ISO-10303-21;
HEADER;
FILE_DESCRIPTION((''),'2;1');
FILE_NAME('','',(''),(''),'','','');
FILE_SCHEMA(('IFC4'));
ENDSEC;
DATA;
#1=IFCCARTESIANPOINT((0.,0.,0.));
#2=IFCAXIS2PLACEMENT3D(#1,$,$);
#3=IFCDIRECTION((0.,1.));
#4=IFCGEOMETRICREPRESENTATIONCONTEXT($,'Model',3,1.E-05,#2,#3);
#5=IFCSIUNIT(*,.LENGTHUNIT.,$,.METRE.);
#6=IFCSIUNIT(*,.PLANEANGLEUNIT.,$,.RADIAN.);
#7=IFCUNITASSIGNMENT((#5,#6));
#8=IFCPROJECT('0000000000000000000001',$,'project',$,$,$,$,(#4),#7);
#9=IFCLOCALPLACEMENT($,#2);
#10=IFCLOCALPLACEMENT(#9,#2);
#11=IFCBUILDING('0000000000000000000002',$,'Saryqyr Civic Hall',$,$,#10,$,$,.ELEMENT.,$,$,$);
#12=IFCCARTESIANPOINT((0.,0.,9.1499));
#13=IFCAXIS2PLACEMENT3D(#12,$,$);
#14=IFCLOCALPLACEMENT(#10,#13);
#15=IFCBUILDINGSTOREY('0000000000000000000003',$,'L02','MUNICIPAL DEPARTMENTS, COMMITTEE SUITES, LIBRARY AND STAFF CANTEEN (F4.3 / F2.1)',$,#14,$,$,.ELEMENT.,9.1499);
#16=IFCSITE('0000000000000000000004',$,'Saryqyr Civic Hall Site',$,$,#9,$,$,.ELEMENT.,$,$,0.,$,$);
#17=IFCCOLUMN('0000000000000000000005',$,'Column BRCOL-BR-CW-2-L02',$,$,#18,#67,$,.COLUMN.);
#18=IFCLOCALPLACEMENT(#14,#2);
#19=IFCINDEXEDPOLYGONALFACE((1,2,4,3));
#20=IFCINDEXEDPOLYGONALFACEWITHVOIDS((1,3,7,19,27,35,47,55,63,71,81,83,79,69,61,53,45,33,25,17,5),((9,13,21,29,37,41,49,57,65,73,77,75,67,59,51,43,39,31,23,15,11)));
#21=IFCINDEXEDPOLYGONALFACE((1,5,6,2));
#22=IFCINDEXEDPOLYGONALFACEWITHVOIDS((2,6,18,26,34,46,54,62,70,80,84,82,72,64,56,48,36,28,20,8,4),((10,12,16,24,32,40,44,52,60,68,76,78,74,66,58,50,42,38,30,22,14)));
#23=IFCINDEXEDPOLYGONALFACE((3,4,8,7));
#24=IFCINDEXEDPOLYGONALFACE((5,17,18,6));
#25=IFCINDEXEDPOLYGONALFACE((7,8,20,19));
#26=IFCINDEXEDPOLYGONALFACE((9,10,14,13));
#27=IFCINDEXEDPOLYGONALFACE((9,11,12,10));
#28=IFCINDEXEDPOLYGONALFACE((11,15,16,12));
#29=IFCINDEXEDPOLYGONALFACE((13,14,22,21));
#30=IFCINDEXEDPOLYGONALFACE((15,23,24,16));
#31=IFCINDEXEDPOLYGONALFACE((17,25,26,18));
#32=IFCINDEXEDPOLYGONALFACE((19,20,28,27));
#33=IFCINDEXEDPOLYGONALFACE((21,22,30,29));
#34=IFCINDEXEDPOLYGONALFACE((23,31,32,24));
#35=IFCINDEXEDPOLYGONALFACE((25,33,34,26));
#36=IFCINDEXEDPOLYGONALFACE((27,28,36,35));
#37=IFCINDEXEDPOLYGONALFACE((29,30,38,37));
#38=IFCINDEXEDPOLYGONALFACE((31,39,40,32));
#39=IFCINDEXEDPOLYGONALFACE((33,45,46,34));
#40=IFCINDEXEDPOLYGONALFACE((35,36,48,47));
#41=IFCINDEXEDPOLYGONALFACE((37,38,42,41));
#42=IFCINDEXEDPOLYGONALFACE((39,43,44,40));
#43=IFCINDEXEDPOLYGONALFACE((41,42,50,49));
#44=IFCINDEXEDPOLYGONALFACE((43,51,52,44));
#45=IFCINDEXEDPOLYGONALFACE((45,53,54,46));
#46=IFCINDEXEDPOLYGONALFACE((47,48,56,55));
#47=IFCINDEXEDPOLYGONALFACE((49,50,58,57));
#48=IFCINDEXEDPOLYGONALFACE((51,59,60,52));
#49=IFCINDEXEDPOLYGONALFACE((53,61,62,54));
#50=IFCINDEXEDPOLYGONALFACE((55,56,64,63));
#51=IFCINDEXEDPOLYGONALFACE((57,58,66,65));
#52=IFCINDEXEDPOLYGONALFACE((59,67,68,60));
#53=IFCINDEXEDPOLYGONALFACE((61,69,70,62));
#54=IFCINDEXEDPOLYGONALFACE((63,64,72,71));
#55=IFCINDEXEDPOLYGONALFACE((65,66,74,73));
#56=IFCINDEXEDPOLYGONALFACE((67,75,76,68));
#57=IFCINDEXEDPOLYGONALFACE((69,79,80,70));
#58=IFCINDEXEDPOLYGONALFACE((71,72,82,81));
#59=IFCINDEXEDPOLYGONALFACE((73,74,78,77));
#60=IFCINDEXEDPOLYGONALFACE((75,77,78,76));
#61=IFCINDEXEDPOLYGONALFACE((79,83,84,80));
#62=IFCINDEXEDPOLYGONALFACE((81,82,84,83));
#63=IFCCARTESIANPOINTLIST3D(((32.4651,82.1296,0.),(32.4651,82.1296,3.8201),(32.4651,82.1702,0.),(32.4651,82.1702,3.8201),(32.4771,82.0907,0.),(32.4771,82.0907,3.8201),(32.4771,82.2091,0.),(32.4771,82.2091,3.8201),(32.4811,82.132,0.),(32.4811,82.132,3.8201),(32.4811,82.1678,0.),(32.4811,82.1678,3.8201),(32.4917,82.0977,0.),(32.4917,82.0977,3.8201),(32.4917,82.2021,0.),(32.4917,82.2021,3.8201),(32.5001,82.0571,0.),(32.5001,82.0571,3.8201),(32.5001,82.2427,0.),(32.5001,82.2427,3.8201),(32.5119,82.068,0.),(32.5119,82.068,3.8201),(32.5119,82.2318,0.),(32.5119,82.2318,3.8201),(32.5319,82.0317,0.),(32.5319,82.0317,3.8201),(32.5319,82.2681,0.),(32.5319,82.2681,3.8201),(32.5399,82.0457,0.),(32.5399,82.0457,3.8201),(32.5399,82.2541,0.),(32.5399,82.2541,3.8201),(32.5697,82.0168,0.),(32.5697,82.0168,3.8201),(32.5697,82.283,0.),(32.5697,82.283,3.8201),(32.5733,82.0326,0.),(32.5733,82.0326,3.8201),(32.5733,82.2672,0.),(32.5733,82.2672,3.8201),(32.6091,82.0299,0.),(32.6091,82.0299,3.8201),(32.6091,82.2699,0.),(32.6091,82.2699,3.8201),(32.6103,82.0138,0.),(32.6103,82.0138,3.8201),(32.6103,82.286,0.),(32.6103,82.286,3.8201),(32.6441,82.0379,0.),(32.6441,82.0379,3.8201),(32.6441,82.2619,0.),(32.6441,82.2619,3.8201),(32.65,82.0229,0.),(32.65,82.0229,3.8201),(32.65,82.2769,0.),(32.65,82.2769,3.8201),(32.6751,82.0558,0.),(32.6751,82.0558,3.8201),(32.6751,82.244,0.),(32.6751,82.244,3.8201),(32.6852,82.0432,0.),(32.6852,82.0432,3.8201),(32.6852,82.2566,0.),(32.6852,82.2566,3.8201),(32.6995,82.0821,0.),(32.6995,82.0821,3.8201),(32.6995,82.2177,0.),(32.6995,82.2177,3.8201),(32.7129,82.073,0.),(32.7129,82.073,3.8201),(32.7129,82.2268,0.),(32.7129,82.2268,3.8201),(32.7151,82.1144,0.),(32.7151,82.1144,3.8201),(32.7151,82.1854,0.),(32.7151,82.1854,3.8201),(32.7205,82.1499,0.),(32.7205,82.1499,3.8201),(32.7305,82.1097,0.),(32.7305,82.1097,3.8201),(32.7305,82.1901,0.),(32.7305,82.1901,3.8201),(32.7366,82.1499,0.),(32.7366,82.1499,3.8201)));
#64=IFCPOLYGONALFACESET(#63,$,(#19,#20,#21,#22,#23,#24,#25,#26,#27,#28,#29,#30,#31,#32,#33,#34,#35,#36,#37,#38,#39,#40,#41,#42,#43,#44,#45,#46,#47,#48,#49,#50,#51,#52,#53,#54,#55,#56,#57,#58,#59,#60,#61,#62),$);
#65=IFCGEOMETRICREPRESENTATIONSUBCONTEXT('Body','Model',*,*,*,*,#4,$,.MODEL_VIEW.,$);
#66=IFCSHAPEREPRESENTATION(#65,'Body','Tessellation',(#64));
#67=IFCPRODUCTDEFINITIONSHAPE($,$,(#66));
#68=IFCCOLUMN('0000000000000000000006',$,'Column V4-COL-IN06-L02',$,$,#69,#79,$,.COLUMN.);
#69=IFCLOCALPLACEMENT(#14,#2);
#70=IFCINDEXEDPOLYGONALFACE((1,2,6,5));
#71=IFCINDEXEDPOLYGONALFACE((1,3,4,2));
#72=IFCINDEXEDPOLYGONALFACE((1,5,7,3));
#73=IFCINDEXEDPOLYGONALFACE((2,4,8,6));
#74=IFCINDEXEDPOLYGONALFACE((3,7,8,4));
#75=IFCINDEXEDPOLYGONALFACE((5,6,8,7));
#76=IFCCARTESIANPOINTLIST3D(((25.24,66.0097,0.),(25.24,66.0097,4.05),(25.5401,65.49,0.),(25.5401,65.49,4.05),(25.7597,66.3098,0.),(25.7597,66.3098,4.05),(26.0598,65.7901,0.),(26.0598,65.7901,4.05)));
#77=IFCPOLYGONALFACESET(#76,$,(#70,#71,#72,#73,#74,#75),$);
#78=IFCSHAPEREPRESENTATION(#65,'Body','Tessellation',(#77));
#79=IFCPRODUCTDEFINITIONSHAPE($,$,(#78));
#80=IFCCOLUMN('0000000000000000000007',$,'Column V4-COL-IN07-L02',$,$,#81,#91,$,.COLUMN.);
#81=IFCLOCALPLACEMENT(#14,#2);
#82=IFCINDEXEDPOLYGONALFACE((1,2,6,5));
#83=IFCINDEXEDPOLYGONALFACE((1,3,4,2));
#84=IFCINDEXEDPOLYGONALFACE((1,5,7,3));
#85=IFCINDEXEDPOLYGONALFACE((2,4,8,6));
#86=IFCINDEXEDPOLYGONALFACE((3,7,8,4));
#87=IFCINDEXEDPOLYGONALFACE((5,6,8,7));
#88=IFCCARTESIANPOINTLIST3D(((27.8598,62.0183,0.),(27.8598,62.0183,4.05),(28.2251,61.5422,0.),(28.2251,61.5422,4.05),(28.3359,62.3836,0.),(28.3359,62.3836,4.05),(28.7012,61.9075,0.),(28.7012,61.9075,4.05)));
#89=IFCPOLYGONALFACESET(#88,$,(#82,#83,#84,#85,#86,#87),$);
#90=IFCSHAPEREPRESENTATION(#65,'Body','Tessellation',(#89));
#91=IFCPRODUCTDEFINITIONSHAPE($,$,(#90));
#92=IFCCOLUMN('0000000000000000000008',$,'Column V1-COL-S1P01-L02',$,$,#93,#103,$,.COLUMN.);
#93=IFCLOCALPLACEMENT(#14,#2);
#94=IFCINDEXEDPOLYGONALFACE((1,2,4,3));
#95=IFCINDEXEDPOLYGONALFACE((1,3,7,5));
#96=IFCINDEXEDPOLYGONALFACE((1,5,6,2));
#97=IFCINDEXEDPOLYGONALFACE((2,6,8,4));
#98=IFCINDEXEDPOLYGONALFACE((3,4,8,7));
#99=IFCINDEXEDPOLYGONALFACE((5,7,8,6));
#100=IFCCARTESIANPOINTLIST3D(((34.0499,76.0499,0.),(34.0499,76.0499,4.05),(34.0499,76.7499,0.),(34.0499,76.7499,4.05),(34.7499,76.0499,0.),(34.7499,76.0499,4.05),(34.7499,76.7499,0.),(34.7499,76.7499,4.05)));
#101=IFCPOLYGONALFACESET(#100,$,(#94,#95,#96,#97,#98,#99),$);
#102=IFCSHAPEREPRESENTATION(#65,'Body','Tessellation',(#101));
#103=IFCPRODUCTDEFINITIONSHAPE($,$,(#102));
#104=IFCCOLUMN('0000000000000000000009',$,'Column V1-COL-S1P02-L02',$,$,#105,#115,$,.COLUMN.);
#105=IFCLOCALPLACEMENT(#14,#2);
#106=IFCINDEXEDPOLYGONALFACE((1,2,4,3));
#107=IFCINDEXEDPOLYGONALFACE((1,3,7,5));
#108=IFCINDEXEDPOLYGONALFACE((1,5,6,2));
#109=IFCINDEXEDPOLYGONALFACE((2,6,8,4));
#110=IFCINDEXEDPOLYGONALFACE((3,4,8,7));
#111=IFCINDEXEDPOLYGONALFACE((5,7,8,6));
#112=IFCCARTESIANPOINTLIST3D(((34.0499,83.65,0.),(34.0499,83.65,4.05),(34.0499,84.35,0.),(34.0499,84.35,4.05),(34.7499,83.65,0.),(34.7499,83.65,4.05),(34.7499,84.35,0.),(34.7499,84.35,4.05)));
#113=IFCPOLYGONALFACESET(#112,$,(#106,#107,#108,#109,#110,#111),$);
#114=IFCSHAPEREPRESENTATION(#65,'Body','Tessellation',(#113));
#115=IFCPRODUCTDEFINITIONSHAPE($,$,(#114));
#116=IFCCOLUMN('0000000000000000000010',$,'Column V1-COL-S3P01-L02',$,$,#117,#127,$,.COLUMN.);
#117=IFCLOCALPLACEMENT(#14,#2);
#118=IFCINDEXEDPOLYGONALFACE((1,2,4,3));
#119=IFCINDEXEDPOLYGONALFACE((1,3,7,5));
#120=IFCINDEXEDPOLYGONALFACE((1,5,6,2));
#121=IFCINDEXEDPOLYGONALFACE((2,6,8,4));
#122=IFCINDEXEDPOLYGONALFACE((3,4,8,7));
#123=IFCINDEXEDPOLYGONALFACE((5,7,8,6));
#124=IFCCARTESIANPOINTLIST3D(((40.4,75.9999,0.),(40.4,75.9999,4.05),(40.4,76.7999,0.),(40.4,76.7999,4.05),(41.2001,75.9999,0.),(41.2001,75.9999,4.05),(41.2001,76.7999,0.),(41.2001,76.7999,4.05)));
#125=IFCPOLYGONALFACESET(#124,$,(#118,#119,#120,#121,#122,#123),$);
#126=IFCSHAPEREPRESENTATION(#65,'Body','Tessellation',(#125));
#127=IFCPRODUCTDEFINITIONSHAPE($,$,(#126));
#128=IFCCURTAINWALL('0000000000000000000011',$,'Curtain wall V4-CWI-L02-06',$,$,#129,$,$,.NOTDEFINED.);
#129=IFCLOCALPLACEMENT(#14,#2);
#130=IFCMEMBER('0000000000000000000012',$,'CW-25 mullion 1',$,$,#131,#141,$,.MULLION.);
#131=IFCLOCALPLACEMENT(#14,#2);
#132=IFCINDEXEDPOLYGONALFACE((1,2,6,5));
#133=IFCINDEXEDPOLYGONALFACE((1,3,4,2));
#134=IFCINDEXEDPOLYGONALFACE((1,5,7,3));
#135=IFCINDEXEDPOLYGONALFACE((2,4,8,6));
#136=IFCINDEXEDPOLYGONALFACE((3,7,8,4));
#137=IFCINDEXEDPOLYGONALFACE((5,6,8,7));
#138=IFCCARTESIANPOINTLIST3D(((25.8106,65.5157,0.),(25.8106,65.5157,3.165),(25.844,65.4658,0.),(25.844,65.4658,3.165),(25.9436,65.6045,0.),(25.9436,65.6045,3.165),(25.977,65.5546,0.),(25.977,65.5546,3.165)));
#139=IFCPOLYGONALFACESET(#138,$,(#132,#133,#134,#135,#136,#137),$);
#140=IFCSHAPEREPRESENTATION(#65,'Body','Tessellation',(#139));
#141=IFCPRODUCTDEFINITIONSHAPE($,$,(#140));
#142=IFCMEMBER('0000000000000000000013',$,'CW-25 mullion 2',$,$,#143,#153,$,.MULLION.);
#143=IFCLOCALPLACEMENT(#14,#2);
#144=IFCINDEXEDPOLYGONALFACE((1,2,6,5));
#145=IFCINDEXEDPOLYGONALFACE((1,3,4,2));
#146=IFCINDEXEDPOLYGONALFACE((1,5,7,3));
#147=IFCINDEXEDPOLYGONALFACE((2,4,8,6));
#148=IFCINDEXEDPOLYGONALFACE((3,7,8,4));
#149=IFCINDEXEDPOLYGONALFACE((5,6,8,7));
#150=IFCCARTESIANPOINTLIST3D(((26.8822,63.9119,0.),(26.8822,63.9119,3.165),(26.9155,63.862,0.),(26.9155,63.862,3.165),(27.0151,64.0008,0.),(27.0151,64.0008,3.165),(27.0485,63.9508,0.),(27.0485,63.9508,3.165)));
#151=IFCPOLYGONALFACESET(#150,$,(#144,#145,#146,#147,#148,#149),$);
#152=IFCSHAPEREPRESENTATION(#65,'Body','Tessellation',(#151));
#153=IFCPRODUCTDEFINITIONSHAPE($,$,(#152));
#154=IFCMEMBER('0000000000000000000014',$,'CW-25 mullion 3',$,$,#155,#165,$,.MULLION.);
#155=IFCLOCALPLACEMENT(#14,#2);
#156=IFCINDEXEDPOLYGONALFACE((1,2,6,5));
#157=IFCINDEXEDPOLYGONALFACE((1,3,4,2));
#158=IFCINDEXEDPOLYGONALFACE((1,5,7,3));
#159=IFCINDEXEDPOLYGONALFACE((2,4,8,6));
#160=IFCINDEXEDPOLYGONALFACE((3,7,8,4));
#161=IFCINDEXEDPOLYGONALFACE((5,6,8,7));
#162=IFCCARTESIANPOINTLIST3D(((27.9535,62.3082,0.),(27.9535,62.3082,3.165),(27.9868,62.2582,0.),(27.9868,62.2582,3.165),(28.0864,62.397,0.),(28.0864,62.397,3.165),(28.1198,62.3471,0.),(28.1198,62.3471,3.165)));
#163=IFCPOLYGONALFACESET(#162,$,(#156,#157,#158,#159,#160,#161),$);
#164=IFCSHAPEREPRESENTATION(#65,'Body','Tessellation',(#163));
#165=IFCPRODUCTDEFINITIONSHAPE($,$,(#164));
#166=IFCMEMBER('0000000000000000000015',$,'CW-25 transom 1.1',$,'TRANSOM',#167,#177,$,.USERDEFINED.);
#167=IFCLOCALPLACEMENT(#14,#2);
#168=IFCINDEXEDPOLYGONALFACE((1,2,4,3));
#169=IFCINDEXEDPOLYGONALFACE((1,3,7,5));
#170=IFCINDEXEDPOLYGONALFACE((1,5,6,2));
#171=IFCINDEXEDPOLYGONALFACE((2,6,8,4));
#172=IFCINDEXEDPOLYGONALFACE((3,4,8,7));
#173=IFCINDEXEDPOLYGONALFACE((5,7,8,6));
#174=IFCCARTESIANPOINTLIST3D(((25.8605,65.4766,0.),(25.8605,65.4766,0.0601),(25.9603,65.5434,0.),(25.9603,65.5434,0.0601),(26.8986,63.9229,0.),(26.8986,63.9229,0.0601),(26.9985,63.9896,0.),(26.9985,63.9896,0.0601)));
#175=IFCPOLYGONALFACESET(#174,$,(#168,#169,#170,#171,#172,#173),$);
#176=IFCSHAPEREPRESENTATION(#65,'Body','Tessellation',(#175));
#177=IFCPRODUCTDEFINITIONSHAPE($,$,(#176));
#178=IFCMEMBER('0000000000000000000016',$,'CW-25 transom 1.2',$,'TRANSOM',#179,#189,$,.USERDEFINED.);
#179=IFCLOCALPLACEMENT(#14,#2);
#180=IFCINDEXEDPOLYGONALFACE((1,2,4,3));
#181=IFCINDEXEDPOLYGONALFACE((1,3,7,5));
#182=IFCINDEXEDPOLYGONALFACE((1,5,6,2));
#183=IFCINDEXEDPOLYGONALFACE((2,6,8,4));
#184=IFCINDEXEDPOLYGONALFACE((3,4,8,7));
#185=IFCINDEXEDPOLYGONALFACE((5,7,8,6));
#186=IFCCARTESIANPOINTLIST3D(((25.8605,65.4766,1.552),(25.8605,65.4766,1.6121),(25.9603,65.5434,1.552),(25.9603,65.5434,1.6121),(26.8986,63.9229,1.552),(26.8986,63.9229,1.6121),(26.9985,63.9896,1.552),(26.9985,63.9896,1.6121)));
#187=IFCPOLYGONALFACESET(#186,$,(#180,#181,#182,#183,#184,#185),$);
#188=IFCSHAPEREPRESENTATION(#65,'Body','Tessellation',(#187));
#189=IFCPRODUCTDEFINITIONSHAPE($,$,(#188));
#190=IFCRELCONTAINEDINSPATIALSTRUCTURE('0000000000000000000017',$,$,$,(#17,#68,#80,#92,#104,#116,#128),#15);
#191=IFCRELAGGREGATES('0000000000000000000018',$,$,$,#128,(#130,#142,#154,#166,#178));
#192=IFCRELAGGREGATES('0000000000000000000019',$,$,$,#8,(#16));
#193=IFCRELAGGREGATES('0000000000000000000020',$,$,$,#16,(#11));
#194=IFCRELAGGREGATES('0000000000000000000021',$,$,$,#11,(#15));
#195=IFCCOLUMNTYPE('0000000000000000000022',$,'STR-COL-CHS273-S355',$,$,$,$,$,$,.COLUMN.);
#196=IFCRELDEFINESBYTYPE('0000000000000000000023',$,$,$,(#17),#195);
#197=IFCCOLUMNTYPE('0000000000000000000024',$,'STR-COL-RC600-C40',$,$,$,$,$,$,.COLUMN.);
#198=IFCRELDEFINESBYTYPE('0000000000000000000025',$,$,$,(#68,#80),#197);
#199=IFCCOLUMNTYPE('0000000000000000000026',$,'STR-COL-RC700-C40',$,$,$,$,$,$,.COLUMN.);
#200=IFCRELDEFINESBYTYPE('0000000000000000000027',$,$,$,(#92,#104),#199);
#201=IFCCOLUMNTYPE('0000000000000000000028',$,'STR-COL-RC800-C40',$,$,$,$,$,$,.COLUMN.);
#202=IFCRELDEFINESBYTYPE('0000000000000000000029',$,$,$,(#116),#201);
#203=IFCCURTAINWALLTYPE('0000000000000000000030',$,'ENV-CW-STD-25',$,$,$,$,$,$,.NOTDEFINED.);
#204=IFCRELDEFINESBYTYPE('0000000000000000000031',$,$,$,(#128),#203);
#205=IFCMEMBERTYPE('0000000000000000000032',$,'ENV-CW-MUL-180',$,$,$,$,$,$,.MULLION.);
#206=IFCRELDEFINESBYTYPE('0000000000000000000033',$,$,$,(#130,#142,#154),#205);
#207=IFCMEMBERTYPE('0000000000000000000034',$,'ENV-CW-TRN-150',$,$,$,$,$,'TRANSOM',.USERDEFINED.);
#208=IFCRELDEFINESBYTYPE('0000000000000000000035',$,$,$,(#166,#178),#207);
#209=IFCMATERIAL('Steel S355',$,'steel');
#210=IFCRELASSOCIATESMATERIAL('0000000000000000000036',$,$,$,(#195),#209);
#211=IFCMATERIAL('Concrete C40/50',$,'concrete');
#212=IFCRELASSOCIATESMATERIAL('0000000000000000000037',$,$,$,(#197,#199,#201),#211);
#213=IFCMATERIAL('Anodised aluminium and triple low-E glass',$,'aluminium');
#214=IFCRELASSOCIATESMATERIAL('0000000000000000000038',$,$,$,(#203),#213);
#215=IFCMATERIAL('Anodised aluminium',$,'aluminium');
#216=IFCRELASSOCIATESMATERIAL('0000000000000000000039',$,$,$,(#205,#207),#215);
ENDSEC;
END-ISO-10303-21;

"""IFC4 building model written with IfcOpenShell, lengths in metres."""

from ifc_helpers import new_model, si_unit, direction, frame, origin, origin_2d, place, context, subcontext, project, spatial, rectangle, hollow_circle, extrude, material, material_profile, profile_set, type_object, element, aggregate, save


model = new_model("IFC4")

# Units and contexts
model_context = context("Model", 3, precision=1e-05, world=origin(), true_north=direction((0.0, 1.0)))
body_context = subcontext(model_context, "Body", "Model", "MODEL_VIEW")
ifc_project = project(units=[si_unit("LENGTHUNIT", "METRE"), si_unit("PLANEANGLEUNIT", "RADIAN")], contexts=[model_context])

# Site, building, storey
site_placement = place(None, origin())
site = spatial("IfcSite", under=ifc_project, at=site_placement, Name="Saryqyr Civic Hall Site", CompositionType="ELEMENT", RefElevation=0.0)
building_placement = place(site_placement, origin())
building = spatial("IfcBuilding", under=site, at=building_placement, Name="Saryqyr Civic Hall", CompositionType="ELEMENT")
storey_placement = place(building_placement, frame((0.0, 0.0, 9.1499)))
storey = spatial("IfcBuildingStorey", under=building, at=storey_placement, Name="L02", Description="MUNICIPAL DEPARTMENTS, COMMITTEE SUITES, LIBRARY AND STAFF CANTEEN (F4.3 / F2.1)", CompositionType="ELEMENT", Elevation=9.1499)

# Columns
ifc_material_1 = material(Name="Steel S355", Category="steel")
ifc_material_profile_1 = material_profile(ifc_material_1, hollow_circle(Radius=0.1365, WallThickness=0.0161, at=origin_2d()), Name="CHS 273x16")
ifc_profile_set_1 = profile_set([ifc_material_profile_1], Name="Steel S355")
column_type_1 = type_object("IfcColumnType", Name="STR-COL-CHS273-S355", PredefinedType="COLUMN", material=ifc_profile_set_1)
column_1_placement = place(storey_placement, frame((32.6001, 82.1499, 0.0), z_axis=(0.0, 0.0, 1.0), x_axis=(1.0, 0.0, 0.0)))
element("IfcColumn", 1, at=column_1_placement, inside=storey, type_object=column_type_1, Name="Column BRCOL-BR-CW-2-L02", PredefinedType="COLUMN", context=body_context, shape_type="SweptSolid", body=[
    extrude(hollow_circle(Radius=0.1365, WallThickness=0.0161, at=origin_2d()), origin(), (0.0, 0.0, 1.0), 3.8201),
])
ifc_material_2 = material(Name="Concrete C40/50", Category="concrete")
ifc_material_profile_2 = material_profile(ifc_material_2, rectangle(XDim=0.6001, YDim=0.6001, at=origin_2d()), Name="RC 600x600")
ifc_profile_set_2 = profile_set([ifc_material_profile_2], Name="Concrete C40/50")
column_type_2 = type_object("IfcColumnType", Name="STR-COL-RC600-C40", PredefinedType="COLUMN", material=ifc_profile_set_2)
for number, where, z_axis, x_axis, name in (
    (2, (25.6499, 65.8999, 0.0), (0.0, 0.0, 1.0), (-0.866025, -0.5, 0.0), "Column V4-COL-IN06-L02"),
    (3, (28.2805, 61.9629, 0.0), (0.0, 0.0, 1.0), (-0.793353, -0.608761, 0.0), "Column V4-COL-IN07-L02"),
):
    element("IfcColumn", number, at=place(storey_placement, frame(where, z_axis=z_axis, x_axis=x_axis)), inside=storey, type_object=column_type_2, Name=name, PredefinedType="COLUMN", context=body_context, shape_type="SweptSolid", body=[
        extrude(rectangle(XDim=0.6001, YDim=0.6001, at=origin_2d()), origin(), (0.0, 0.0, 1.0), 4.05),
    ])
ifc_material_profile_3 = material_profile(ifc_material_2, rectangle(XDim=0.7, YDim=0.7, at=origin_2d()), Name="RC 700x700")
ifc_profile_set_3 = profile_set([ifc_material_profile_3], Name="Concrete C40/50")
column_type_3 = type_object("IfcColumnType", Name="STR-COL-RC700-C40", PredefinedType="COLUMN", material=ifc_profile_set_3)
for number, where, z_axis, x_axis, name in (
    (4, (34.3999, 76.3999, 0.0), (0.0, 0.0, 1.0), (1.0, 0.0, 0.0), "Column V1-COL-S1P01-L02"),
    (5, (34.3999, 84.0, 0.0), (0.0, 0.0, 1.0), (1.0, 0.0, 0.0), "Column V1-COL-S1P02-L02"),
):
    element("IfcColumn", number, at=place(storey_placement, frame(where, z_axis=z_axis, x_axis=x_axis)), inside=storey, type_object=column_type_3, Name=name, PredefinedType="COLUMN", context=body_context, shape_type="SweptSolid", body=[
        extrude(rectangle(XDim=0.7, YDim=0.7, at=origin_2d()), origin(), (0.0, 0.0, 1.0), 4.05),
    ])
ifc_material_profile_4 = material_profile(ifc_material_2, rectangle(XDim=0.8, YDim=0.8, at=origin_2d()), Name="RC 800x800")
ifc_profile_set_4 = profile_set([ifc_material_profile_4], Name="Concrete C40/50")
column_type_4 = type_object("IfcColumnType", Name="STR-COL-RC800-C40", PredefinedType="COLUMN", material=ifc_profile_set_4)
column_2_placement = place(storey_placement, frame((40.8, 76.3999, 0.0), z_axis=(0.0, 0.0, 1.0), x_axis=(1.0, 0.0, 0.0)))
element("IfcColumn", 6, at=column_2_placement, inside=storey, type_object=column_type_4, Name="Column V1-COL-S3P01-L02", PredefinedType="COLUMN", context=body_context, shape_type="SweptSolid", body=[
    extrude(rectangle(XDim=0.8, YDim=0.8, at=origin_2d()), origin(), (0.0, 0.0, 1.0), 4.05),
])

# Curtain wall, members
ifc_material_3 = material(Name="Anodised aluminium and triple low-E glass", Category="aluminium")
curtain_wall_type = type_object("IfcCurtainWallType", Name="ENV-CW-STD-25", PredefinedType="NOTDEFINED", material=ifc_material_3)
curtain_wall_placement = place(storey_placement, origin())
curtain_wall = element("IfcCurtainWall", 7, at=curtain_wall_placement, inside=storey, type_object=curtain_wall_type, Name="Curtain wall V4-CWI-L02-06", PredefinedType="NOTDEFINED")
ifc_material_4 = material(Name="Anodised aluminium", Category="aluminium")
ifc_material_profile_5 = material_profile(ifc_material_4, rectangle(XDim=0.0601, YDim=0.1599, at=origin_2d()), Name="ALU MULLION 60x160")
ifc_profile_set_5 = profile_set([ifc_material_profile_5], Name="Anodised aluminium")
member_type_1 = type_object("IfcMemberType", Name="ENV-CW-MUL-180", PredefinedType="MULLION", material=ifc_profile_set_5)
member_1_placement = place(storey_placement, frame((25.8938, 65.5352, 0.0), z_axis=(0.0, 0.0, 1.0), x_axis=(0.555554, -0.83148, 0.0)))
member_1 = element("IfcMember", 8, at=member_1_placement, type_object=member_type_1, Name="CW-25 mullion 1", PredefinedType="MULLION", context=body_context, shape_type="SweptSolid", body=[
    extrude(rectangle(XDim=0.0601, YDim=0.1599, at=origin_2d()), origin(), (0.0, 0.0, 1.0), 3.165),
])
member_2_placement = place(storey_placement, frame((26.9653, 63.9314, 0.0), z_axis=(0.0, 0.0, 1.0), x_axis=(0.555554, -0.83148, 0.0)))
member_2 = element("IfcMember", 9, at=member_2_placement, type_object=member_type_1, Name="CW-25 mullion 2", PredefinedType="MULLION", context=body_context, shape_type="SweptSolid", body=[
    extrude(rectangle(XDim=0.0601, YDim=0.1599, at=origin_2d()), origin(), (0.0, 0.0, 1.0), 3.165),
])
member_3_placement = place(storey_placement, frame((28.0366, 62.3276, 0.0), z_axis=(0.0, 0.0, 1.0), x_axis=(0.555554, -0.83148, 0.0)))
member_3 = element("IfcMember", 10, at=member_3_placement, type_object=member_type_1, Name="CW-25 mullion 3", PredefinedType="MULLION", context=body_context, shape_type="SweptSolid", body=[
    extrude(rectangle(XDim=0.0601, YDim=0.1599, at=origin_2d()), origin(), (0.0, 0.0, 1.0), 3.165),
])
ifc_material_profile_6 = material_profile(ifc_material_4, rectangle(XDim=0.1201, YDim=0.0601, at=origin_2d()), Name="ALU TRANSOM 120x60")
ifc_profile_set_6 = profile_set([ifc_material_profile_6], Name="Anodised aluminium")
member_type_2 = type_object("IfcMemberType", Name="ENV-CW-TRN-150", ElementType="TRANSOM", PredefinedType="USERDEFINED", material=ifc_profile_set_6)
member_4_placement = place(storey_placement, frame((25.9104, 65.51, 0.03), z_axis=(0.555544, -0.831487, 0.0), x_axis=(0.831487, 0.555544, 0.0)))
member_4 = element("IfcMember", 11, at=member_4_placement, type_object=member_type_2, Name="CW-25 transom 1.1", ObjectType="TRANSOM", PredefinedType="USERDEFINED", context=body_context, shape_type="SweptSolid", body=[
    extrude(rectangle(XDim=0.1201, YDim=0.0601, at=origin_2d()), origin(), (0.0, 0.0, 1.0), 1.8687),
])
member_5_placement = place(storey_placement, frame((25.9104, 65.51, 1.582), z_axis=(0.555544, -0.831487, 0.0), x_axis=(0.831487, 0.555544, 0.0)))
member_5 = element("IfcMember", 12, at=member_5_placement, type_object=member_type_2, Name="CW-25 transom 1.2", ObjectType="TRANSOM", PredefinedType="USERDEFINED", context=body_context, shape_type="SweptSolid", body=[
    extrude(rectangle(XDim=0.1201, YDim=0.0601, at=origin_2d()), origin(), (0.0, 0.0, 1.0), 1.8687),
])

aggregate(curtain_wall, [member_1, member_2, member_3, member_4, member_5])

save(model, "model.ifc")
